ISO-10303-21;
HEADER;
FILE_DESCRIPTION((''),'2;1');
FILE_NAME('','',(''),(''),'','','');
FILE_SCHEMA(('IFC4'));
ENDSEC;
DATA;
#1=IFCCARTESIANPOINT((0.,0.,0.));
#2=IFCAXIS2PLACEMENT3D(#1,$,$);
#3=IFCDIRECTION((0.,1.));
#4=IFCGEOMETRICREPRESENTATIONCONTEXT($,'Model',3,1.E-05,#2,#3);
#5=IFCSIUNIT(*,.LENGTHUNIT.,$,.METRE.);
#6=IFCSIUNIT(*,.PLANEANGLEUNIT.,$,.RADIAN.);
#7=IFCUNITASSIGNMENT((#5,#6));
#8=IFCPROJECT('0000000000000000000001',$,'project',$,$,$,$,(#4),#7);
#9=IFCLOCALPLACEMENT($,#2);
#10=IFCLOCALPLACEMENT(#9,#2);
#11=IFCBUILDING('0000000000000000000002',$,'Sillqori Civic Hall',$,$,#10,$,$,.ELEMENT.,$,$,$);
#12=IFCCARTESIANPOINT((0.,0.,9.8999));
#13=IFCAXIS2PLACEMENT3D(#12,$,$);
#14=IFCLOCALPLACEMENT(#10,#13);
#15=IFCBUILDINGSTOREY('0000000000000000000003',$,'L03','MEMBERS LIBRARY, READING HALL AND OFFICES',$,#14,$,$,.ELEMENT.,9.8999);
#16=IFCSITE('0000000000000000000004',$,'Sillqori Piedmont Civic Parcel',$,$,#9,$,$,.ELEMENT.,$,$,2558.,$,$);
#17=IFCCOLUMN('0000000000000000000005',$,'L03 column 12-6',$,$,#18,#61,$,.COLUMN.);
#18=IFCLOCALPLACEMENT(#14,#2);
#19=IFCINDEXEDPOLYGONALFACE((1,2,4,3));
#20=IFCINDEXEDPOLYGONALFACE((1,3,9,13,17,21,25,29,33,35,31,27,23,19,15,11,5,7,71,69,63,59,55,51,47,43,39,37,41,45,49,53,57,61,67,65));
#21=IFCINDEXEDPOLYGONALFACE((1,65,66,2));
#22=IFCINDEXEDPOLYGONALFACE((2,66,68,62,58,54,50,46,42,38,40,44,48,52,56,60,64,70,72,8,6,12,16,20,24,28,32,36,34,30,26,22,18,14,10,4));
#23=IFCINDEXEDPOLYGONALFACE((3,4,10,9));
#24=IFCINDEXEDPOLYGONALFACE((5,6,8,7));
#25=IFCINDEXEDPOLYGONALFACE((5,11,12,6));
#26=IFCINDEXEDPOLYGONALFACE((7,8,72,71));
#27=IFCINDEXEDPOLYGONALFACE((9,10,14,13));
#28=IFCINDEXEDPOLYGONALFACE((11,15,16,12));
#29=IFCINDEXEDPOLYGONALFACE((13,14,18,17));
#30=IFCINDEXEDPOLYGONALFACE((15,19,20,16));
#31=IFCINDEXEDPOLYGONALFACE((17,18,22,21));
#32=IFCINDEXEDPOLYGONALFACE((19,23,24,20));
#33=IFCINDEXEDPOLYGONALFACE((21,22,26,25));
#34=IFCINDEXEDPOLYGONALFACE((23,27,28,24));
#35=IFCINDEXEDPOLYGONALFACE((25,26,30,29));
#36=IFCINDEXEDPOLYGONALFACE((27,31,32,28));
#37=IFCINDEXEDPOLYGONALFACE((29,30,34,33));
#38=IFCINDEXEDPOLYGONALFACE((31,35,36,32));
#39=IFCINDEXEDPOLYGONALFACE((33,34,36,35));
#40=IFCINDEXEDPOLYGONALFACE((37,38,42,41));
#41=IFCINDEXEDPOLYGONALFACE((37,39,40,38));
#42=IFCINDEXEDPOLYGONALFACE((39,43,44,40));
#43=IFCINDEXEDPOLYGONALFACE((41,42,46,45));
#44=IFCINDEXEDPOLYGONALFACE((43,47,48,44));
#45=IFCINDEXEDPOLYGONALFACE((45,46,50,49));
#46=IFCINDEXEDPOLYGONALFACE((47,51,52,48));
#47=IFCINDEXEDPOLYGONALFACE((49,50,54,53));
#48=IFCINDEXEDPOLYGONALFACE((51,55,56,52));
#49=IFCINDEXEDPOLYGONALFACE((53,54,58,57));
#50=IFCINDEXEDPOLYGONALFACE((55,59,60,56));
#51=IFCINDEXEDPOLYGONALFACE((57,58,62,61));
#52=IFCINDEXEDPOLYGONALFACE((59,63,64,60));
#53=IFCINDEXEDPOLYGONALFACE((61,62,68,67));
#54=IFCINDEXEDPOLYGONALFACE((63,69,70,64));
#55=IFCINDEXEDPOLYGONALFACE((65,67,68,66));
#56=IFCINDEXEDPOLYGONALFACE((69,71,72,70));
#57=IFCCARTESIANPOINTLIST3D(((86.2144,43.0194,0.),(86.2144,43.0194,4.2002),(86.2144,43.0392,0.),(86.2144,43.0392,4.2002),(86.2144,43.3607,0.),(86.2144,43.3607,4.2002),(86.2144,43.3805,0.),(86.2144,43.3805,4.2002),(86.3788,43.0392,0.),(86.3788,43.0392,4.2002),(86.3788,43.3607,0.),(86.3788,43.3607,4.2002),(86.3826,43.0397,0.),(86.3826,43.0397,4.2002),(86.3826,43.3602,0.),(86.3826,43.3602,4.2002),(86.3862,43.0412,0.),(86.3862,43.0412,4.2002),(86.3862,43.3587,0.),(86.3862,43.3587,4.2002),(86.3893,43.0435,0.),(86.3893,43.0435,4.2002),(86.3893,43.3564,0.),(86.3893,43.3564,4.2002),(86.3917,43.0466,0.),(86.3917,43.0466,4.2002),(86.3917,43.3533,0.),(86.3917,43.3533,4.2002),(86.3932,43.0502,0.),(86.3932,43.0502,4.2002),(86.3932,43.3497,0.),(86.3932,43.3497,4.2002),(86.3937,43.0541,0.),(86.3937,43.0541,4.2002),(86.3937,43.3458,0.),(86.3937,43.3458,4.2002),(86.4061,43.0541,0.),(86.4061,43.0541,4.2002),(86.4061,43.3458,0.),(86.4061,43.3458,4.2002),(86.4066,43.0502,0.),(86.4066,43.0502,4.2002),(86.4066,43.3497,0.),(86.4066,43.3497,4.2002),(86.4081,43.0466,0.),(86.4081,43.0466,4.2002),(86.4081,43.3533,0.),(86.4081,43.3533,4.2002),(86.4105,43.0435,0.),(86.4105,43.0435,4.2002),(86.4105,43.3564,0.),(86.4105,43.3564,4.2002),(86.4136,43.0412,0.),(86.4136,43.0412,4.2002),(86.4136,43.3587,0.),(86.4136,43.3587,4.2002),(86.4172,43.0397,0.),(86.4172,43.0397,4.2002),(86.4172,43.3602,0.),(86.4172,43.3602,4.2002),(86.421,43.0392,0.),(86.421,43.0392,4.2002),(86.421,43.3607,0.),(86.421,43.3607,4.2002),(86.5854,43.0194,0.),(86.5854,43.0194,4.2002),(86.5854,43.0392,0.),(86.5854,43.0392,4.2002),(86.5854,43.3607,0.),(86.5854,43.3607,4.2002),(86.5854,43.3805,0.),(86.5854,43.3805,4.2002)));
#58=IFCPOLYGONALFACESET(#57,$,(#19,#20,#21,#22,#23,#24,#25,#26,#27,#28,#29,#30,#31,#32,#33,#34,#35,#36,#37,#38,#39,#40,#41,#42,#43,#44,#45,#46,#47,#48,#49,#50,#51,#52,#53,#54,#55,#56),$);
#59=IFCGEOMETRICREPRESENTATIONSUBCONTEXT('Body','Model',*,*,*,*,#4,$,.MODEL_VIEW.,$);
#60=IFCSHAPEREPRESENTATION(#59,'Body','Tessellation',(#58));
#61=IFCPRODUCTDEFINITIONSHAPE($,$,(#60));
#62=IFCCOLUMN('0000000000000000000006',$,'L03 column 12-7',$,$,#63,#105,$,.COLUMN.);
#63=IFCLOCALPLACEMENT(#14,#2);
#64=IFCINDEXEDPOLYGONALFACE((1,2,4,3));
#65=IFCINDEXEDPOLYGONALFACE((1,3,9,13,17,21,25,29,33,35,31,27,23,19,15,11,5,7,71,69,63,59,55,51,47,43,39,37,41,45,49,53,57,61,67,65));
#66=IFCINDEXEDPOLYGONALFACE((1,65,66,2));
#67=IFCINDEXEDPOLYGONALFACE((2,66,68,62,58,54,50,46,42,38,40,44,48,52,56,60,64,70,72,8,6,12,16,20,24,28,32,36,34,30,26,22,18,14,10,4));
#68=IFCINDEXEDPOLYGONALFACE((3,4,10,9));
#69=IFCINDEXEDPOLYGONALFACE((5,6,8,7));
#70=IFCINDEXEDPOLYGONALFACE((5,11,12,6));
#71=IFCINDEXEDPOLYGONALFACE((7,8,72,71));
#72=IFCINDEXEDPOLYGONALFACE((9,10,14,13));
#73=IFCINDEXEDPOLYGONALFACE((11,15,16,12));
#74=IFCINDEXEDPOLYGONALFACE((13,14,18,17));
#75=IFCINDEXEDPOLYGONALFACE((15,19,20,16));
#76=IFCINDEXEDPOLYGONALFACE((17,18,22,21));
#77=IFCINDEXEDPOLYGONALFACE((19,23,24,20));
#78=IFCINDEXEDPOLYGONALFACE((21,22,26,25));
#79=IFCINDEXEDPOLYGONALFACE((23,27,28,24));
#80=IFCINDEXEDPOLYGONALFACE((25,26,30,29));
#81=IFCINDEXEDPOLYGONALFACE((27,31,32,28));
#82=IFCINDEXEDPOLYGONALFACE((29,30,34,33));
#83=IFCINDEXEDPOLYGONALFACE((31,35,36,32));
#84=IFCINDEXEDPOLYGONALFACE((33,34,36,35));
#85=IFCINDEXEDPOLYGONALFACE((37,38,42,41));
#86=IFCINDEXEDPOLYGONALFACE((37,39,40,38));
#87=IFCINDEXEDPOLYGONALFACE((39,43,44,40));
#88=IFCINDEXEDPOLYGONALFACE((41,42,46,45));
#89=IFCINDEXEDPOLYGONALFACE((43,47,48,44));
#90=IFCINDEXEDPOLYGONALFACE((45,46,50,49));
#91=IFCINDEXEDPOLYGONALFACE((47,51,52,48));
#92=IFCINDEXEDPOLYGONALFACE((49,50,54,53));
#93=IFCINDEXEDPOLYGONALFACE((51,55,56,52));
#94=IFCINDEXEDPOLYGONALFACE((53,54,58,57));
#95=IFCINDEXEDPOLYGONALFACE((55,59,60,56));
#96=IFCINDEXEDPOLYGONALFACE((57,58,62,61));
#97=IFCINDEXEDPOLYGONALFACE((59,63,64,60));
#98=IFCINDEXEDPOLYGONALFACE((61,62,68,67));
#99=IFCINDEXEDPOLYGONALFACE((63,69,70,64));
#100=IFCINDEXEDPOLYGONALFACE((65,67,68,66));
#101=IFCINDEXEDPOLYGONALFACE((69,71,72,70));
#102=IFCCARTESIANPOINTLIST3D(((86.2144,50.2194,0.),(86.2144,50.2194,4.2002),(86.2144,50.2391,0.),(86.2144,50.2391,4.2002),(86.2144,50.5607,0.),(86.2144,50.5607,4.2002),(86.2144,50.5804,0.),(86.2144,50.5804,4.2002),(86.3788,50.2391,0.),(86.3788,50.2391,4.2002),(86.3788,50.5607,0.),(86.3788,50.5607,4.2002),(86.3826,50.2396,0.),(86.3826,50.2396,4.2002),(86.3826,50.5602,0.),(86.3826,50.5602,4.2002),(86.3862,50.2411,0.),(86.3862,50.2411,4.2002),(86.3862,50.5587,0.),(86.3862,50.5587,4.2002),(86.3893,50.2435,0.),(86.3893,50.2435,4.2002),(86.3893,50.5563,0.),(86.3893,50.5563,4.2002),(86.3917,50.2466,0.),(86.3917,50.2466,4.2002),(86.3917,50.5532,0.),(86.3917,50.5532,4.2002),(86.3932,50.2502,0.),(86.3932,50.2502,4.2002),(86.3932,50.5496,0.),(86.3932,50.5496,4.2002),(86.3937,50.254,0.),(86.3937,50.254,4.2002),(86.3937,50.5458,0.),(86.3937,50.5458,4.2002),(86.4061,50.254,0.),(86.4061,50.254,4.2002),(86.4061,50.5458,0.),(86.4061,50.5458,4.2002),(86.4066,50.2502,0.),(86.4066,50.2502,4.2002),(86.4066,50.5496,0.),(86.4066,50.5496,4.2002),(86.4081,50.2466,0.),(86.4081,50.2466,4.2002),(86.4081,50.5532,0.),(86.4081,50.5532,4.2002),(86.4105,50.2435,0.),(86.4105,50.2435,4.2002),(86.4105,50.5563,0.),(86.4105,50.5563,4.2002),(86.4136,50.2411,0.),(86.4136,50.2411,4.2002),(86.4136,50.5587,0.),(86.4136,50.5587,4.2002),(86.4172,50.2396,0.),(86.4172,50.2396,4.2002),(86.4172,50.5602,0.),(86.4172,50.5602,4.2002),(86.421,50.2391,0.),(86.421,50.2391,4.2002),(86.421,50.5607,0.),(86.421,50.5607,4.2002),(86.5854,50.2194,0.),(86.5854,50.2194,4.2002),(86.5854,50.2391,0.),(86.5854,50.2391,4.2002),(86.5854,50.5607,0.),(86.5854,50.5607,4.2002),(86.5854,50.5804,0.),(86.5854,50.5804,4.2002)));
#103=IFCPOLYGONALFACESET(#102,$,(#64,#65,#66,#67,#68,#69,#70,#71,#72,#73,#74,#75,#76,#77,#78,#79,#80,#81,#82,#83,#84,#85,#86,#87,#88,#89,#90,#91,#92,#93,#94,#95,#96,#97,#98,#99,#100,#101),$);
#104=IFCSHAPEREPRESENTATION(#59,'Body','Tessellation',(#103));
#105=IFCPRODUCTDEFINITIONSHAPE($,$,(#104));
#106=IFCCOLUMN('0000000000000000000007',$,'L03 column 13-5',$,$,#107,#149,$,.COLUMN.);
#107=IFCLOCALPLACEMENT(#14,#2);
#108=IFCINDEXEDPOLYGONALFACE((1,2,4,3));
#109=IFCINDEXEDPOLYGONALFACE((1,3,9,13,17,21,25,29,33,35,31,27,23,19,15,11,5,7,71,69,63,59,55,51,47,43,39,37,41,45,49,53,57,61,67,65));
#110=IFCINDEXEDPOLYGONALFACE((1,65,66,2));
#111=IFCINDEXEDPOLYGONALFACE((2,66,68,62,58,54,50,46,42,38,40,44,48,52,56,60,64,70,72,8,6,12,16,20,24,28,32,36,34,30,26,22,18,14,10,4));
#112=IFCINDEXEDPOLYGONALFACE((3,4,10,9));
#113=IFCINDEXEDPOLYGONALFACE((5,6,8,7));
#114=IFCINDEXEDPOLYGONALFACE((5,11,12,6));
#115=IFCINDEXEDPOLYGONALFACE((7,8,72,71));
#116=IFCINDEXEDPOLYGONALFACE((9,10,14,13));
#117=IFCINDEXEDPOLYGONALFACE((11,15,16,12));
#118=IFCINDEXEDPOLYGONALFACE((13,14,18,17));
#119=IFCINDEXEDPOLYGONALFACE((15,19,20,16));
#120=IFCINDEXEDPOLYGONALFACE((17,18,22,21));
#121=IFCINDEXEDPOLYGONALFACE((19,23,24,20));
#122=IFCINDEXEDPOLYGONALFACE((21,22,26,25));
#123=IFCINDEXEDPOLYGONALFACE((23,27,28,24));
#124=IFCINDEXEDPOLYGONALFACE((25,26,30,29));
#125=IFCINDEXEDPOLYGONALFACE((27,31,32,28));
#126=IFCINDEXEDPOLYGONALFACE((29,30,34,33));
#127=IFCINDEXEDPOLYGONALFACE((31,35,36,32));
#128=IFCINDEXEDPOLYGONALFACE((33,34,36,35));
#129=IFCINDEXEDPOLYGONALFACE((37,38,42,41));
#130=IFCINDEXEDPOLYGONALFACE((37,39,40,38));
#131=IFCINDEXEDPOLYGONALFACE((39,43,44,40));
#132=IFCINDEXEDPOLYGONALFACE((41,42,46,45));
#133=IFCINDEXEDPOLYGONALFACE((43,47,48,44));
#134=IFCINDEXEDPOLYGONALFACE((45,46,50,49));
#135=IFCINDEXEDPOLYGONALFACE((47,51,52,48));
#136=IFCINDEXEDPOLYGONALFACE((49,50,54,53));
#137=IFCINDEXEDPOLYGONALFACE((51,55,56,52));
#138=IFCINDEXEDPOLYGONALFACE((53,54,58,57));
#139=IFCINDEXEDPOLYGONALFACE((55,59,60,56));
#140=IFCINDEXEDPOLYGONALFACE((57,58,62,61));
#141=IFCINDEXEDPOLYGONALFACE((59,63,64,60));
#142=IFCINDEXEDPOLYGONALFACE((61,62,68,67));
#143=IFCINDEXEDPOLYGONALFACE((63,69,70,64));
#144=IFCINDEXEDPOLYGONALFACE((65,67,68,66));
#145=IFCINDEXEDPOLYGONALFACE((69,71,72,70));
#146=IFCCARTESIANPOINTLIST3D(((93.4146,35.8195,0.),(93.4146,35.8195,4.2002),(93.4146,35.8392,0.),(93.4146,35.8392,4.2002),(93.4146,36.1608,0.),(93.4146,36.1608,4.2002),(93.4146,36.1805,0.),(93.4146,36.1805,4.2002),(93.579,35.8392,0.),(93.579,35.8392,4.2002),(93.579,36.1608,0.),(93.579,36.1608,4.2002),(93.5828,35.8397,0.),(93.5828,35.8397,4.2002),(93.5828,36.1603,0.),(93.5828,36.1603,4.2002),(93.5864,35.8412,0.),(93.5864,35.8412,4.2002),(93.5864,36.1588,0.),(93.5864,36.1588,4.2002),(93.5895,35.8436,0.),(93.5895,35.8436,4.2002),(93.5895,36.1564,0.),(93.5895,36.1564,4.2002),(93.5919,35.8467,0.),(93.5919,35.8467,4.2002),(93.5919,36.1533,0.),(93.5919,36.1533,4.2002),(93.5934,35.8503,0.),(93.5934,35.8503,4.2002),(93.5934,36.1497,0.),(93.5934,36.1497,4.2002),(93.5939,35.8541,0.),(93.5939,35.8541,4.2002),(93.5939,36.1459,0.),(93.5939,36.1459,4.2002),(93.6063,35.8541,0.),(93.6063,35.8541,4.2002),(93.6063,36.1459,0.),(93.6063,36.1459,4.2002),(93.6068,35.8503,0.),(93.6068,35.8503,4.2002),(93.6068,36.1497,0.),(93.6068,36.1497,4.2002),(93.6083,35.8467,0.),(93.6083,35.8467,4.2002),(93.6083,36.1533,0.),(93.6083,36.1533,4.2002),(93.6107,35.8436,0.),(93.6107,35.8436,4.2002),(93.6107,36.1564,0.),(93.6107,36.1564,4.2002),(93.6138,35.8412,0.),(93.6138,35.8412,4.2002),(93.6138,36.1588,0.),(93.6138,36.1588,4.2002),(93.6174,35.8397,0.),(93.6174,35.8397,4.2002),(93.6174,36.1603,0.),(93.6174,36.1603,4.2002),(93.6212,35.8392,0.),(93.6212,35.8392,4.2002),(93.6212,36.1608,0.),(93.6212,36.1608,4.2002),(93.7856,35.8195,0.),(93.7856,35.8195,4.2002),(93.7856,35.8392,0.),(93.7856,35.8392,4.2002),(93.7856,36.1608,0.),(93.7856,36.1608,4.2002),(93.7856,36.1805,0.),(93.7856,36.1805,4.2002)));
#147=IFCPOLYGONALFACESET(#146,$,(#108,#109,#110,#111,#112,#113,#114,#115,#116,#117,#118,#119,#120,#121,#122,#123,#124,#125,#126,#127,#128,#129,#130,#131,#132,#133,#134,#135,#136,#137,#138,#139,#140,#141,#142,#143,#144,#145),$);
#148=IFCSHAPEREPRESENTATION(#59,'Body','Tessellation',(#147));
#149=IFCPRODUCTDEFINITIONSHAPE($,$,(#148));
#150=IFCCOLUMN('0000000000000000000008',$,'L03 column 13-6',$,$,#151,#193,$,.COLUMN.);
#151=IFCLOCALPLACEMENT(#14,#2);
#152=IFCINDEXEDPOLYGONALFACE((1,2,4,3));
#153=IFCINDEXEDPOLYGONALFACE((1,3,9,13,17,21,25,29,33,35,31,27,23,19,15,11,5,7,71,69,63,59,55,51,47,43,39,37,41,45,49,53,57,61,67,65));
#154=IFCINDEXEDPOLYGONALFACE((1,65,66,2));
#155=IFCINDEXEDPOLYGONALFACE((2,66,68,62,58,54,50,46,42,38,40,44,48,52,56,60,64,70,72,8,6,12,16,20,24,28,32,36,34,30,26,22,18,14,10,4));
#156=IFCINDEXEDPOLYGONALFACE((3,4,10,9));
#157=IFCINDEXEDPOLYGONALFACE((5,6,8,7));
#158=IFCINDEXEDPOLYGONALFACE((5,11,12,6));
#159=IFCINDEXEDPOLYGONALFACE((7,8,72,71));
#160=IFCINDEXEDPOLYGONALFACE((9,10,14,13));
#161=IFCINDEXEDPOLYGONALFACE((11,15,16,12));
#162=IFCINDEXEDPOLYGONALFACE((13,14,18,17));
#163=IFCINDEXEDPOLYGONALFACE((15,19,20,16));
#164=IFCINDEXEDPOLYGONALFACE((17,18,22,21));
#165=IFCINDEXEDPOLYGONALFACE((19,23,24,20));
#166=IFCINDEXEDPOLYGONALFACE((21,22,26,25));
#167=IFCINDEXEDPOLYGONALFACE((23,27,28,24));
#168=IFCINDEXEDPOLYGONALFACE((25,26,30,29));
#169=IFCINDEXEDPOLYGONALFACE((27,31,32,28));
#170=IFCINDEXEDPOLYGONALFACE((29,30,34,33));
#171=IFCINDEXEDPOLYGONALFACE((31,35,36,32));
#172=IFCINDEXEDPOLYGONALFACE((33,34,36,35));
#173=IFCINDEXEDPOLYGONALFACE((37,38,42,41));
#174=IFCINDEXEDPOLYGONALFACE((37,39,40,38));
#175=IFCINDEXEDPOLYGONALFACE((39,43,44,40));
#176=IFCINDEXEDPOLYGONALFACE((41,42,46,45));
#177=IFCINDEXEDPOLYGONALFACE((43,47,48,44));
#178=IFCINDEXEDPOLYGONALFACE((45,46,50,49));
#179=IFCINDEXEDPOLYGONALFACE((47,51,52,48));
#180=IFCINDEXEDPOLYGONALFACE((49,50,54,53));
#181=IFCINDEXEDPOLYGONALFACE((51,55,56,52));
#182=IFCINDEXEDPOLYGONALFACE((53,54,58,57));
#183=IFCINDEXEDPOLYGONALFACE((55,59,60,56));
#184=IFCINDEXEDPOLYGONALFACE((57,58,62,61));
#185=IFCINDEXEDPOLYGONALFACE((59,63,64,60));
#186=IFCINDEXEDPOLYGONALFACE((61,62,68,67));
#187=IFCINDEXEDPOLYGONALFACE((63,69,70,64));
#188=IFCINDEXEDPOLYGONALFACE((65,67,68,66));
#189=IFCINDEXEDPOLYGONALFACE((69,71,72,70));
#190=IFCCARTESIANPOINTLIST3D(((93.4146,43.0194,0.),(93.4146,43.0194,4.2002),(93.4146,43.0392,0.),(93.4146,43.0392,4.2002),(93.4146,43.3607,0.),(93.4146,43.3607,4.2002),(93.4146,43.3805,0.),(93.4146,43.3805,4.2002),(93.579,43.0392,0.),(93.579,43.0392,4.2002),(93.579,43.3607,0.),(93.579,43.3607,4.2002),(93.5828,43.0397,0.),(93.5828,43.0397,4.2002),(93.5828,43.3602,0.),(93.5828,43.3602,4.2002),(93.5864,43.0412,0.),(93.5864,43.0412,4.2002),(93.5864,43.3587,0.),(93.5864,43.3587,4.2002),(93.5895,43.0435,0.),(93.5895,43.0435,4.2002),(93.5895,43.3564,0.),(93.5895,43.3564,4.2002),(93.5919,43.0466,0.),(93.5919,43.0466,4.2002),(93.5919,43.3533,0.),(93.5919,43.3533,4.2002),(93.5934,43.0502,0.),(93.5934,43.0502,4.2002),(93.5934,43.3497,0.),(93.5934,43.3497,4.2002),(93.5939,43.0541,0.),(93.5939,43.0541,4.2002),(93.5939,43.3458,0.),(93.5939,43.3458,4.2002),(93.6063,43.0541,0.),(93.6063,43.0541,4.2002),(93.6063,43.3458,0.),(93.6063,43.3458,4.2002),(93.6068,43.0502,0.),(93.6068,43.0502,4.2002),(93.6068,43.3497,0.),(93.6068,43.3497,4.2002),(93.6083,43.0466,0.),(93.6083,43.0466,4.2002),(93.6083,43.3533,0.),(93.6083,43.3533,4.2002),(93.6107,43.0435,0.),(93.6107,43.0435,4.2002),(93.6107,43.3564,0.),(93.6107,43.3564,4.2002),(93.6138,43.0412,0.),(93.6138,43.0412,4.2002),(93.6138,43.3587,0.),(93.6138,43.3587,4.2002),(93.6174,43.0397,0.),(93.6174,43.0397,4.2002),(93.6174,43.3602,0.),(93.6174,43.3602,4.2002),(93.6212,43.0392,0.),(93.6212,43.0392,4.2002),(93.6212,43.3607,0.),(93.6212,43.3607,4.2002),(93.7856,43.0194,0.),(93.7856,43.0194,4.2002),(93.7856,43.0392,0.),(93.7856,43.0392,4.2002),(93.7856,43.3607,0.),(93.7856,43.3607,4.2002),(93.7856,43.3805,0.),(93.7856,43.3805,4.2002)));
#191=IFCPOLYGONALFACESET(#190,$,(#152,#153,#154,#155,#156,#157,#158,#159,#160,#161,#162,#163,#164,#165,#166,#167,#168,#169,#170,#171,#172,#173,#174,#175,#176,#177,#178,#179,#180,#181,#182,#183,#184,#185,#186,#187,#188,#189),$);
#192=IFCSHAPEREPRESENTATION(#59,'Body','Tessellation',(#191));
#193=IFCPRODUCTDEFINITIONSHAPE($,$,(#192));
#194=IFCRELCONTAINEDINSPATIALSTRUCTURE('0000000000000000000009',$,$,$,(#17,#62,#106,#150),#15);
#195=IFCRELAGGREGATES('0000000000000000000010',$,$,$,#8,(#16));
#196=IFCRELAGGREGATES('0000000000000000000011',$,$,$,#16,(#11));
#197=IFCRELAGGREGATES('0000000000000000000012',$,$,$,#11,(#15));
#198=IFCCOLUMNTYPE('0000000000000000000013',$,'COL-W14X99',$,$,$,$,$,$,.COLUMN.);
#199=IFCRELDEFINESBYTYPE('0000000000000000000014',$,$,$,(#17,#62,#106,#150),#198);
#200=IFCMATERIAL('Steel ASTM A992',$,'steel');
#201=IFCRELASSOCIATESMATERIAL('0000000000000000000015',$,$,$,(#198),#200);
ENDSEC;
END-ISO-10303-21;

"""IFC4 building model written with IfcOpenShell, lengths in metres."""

from ifc_helpers import new_model, si_unit, direction, frame, origin, origin_2d, place, context, subcontext, project, spatial, i_section, extrude, material, material_profile, profile_set, type_object, element, save


model = new_model("IFC4")

# Units and contexts
model_context = context("Model", 3, precision=1e-05, world=origin(), true_north=direction((0.0, 1.0)))
body_context = subcontext(model_context, "Body", "Model", "MODEL_VIEW")
ifc_project = project(units=[si_unit("LENGTHUNIT", "METRE"), si_unit("PLANEANGLEUNIT", "RADIAN")], contexts=[model_context])

# Site, building, storey
site_placement = place(None, origin())
site = spatial("IfcSite", under=ifc_project, at=site_placement, Name="Sillqori Piedmont Civic Parcel", CompositionType="ELEMENT", RefElevation=2558.0)
building_placement = place(site_placement, origin())
building = spatial("IfcBuilding", under=site, at=building_placement, Name="Sillqori Civic Hall", CompositionType="ELEMENT")
storey_placement = place(building_placement, frame((0.0, 0.0, 9.8999)))
storey = spatial("IfcBuildingStorey", under=building, at=storey_placement, Name="L03", Description="MEMBERS LIBRARY, READING HALL AND OFFICES", CompositionType="ELEMENT", Elevation=9.8999)

# Columns
ifc_material_1 = material(Name="Steel ASTM A992", Category="steel")
ifc_material_profile_1 = material_profile(ifc_material_1, i_section(OverallWidth=0.3711, OverallDepth=0.3611, WebThickness=0.0125, FlangeThickness=0.0198, FilletRadius=0.0149, at=origin_2d()), Name="W14X99")
ifc_profile_set_1 = profile_set([ifc_material_profile_1], Name="Steel ASTM A992")
column_type = type_object("IfcColumnType", Name="COL-W14X99", PredefinedType="COLUMN", material=ifc_profile_set_1)
for number, where, z_axis, x_axis, name in (
    (1, (86.3999, 43.2, 0.0), (0.0, 0.0, 1.0), (1.0, 0.0, 0.0), "L03 column 12-6"),
    (2, (86.3999, 50.3999, 0.0), (0.0, 0.0, 1.0), (1.0, 0.0, 0.0), "L03 column 12-7"),
    (3, (93.6001, 36.0, 0.0), (0.0, 0.0, 1.0), (1.0, 0.0, 0.0), "L03 column 13-5"),
    (4, (93.6001, 43.2, 0.0), (0.0, 0.0, 1.0), (1.0, 0.0, 0.0), "L03 column 13-6"),
):
    element("IfcColumn", number, at=place(storey_placement, frame(where, z_axis=z_axis, x_axis=x_axis)), inside=storey, type_object=column_type, Name=name, PredefinedType="COLUMN", context=body_context, shape_type="SweptSolid", body=[
        extrude(i_section(OverallWidth=0.3711, OverallDepth=0.3611, WebThickness=0.0125, FlangeThickness=0.0198, FilletRadius=0.0149, at=origin_2d()), origin(), (0.0, 0.0, 1.0), 4.2002),
    ])

save(model, "model.ifc")
